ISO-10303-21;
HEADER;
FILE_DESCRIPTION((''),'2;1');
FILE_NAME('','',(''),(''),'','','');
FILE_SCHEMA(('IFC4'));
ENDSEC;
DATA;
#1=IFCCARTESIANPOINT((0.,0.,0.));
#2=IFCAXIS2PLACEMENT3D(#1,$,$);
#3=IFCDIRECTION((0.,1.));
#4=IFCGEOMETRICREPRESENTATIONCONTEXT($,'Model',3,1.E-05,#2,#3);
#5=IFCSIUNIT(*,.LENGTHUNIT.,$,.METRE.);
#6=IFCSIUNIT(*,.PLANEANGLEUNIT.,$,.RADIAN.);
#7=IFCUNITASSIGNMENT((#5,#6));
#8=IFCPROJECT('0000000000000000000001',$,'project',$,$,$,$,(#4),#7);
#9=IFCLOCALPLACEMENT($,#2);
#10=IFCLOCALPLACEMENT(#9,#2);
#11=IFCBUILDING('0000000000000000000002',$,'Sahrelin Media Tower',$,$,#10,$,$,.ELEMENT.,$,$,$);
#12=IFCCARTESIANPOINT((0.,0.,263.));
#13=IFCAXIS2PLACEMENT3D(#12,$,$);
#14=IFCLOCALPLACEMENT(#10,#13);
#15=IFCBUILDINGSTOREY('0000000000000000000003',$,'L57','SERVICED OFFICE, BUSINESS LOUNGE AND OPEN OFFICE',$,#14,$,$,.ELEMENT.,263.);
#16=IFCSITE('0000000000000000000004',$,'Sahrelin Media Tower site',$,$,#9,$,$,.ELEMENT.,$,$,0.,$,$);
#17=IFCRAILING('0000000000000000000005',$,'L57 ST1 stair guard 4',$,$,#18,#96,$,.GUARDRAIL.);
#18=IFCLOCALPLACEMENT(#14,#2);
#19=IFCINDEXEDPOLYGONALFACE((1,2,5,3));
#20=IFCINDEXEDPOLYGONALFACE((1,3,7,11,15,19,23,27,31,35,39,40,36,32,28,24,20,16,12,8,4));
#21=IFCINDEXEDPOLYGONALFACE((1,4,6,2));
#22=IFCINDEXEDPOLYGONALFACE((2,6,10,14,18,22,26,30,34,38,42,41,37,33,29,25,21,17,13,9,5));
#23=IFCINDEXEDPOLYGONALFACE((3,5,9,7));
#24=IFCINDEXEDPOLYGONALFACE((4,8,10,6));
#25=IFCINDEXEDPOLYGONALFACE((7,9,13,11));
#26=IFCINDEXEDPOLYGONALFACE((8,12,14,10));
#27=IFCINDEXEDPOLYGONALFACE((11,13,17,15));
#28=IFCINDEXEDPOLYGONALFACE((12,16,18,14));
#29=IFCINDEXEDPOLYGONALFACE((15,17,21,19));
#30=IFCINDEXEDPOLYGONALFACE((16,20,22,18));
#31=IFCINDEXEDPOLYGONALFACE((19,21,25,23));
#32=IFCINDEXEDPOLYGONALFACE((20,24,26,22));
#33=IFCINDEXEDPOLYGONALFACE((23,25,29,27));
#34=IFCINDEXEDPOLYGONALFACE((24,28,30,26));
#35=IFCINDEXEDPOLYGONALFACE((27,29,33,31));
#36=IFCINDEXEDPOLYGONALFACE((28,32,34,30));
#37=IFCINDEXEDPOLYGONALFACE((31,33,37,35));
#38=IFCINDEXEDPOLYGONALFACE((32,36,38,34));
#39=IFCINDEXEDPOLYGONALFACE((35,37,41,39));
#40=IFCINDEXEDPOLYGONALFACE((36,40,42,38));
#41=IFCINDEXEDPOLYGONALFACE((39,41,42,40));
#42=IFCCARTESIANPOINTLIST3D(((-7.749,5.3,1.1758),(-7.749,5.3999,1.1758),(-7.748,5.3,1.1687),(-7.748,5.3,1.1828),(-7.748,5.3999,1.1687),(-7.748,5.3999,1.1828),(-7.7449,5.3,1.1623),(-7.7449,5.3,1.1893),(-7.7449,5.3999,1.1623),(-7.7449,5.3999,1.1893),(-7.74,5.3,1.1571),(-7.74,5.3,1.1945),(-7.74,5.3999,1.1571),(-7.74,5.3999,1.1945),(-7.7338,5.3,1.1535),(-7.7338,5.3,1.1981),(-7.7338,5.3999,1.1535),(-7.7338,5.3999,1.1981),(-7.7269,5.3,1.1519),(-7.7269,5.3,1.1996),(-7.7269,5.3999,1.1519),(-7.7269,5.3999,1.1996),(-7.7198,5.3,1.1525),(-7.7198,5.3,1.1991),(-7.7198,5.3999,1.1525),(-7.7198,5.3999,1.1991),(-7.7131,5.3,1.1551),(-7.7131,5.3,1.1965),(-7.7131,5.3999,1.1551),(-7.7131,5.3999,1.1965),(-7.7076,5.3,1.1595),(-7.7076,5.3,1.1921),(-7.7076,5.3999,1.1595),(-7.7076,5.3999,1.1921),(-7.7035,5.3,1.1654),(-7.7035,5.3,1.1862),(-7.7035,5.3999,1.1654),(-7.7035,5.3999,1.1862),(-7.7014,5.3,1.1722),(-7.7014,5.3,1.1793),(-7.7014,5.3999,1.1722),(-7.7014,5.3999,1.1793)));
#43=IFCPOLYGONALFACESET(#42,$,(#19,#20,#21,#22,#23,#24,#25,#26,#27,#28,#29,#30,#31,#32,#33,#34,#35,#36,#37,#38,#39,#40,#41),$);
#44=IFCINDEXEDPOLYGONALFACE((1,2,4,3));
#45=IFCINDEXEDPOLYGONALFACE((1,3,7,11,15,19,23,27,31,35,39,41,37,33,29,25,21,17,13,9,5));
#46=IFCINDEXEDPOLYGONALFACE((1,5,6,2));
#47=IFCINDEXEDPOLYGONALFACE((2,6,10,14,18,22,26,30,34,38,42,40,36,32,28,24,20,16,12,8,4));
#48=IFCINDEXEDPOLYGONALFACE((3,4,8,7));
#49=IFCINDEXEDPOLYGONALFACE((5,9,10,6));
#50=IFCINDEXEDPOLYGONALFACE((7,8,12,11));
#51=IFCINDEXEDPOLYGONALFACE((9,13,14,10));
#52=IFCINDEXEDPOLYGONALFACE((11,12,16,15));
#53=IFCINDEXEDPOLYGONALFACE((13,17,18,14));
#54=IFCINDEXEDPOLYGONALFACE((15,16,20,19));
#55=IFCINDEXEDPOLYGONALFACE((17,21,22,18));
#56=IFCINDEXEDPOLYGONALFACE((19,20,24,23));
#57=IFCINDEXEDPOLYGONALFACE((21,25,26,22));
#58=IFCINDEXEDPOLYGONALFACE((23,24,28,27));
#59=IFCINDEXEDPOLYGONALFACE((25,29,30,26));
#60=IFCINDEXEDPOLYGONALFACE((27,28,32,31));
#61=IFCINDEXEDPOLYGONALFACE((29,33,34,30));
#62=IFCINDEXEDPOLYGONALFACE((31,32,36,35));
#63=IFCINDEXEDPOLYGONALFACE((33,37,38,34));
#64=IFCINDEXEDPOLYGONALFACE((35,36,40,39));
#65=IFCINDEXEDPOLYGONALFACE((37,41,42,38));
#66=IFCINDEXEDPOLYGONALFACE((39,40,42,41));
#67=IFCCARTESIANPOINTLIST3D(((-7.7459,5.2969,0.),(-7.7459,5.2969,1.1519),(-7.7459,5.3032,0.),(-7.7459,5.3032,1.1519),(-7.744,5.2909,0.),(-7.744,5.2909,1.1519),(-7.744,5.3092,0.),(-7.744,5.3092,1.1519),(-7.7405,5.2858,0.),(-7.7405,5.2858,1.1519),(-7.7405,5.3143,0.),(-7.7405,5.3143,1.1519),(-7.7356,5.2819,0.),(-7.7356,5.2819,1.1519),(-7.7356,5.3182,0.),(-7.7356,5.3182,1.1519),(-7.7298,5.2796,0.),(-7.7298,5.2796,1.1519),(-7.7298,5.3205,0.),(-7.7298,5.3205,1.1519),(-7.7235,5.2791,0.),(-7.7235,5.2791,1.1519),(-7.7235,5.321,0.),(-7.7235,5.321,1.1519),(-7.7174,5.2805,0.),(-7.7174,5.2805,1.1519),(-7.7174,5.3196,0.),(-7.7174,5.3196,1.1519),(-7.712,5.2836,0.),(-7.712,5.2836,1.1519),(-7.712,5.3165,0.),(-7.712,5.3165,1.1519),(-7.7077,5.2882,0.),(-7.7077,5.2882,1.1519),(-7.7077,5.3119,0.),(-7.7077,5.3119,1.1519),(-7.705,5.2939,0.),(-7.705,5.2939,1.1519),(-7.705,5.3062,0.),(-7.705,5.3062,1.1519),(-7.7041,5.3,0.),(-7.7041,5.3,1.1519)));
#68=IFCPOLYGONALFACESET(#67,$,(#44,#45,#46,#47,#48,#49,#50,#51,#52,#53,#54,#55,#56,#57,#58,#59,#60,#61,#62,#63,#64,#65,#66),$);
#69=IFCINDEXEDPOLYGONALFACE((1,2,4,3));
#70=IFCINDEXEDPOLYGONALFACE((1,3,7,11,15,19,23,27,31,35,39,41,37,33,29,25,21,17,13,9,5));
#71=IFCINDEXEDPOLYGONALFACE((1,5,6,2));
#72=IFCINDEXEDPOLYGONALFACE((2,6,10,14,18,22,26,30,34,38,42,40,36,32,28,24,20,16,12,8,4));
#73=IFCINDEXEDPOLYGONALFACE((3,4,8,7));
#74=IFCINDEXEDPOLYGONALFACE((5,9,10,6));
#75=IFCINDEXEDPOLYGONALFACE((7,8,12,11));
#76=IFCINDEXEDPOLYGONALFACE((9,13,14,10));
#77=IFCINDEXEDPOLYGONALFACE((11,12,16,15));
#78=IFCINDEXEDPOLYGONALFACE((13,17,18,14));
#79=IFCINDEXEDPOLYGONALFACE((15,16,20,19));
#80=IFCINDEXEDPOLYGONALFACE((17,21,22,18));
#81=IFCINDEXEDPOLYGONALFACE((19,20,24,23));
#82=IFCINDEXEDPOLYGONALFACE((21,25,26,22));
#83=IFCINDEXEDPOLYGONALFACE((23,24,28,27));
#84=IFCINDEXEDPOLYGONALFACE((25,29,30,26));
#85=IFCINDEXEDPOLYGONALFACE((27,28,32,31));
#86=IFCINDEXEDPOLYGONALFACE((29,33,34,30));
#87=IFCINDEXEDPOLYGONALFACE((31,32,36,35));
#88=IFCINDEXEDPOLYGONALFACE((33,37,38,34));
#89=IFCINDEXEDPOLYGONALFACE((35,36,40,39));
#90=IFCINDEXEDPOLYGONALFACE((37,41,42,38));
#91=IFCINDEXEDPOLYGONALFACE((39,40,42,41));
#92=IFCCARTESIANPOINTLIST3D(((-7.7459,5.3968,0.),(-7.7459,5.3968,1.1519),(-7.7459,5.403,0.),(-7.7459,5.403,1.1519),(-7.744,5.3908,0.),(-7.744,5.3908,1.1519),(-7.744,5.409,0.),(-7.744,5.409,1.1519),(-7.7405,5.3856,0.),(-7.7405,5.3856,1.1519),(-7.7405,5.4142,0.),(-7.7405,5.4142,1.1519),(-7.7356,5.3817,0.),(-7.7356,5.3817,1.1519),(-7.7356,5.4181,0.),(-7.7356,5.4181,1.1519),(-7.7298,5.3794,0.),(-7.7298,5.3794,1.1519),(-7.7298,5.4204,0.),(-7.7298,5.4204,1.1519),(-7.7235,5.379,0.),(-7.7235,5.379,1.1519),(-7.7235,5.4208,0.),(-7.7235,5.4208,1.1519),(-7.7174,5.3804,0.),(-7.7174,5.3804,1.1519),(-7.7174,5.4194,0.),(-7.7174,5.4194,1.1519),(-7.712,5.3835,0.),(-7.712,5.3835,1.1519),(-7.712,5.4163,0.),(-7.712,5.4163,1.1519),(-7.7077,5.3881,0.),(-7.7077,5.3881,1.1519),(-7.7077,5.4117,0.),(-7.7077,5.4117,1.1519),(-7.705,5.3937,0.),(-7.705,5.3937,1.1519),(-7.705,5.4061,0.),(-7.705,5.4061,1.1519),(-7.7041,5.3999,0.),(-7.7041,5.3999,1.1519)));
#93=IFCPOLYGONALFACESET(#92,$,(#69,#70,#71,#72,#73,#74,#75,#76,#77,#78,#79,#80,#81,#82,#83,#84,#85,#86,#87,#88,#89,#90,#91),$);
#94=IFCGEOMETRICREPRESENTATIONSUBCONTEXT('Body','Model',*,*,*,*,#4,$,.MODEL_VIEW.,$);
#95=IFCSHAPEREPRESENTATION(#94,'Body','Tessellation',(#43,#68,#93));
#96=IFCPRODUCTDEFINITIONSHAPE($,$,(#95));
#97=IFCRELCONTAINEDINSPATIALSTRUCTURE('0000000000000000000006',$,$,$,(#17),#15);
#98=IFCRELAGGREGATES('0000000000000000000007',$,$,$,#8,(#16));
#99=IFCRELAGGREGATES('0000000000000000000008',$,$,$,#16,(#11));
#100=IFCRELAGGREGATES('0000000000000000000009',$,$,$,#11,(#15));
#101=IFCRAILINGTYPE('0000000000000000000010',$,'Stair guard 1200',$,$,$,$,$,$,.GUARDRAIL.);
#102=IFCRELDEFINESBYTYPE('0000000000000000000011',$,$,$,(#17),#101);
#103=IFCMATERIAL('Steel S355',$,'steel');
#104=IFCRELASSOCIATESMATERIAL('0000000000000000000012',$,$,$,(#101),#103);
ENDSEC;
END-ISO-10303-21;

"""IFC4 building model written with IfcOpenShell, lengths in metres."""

from ifc_helpers import new_model, si_unit, direction, frame, origin, origin_2d, place, context, subcontext, project, spatial, circle, extrude, material, type_object, element, save


model = new_model("IFC4")

# Units and contexts
model_context = context("Model", 3, precision=1e-05, world=origin(), true_north=direction((0.0, 1.0)))
body_context = subcontext(model_context, "Body", "Model", "MODEL_VIEW")
ifc_project = project(units=[si_unit("LENGTHUNIT", "METRE"), si_unit("PLANEANGLEUNIT", "RADIAN")], contexts=[model_context])

# Site, building, storey
site_placement = place(None, origin())
site = spatial("IfcSite", under=ifc_project, at=site_placement, Name="Sahrelin Media Tower site", CompositionType="ELEMENT", RefElevation=0.0)
building_placement = place(site_placement, origin())
building = spatial("IfcBuilding", under=site, at=building_placement, Name="Sahrelin Media Tower", CompositionType="ELEMENT")
storey_placement = place(building_placement, frame((0.0, 0.0, 263.0)))
storey = spatial("IfcBuildingStorey", under=building, at=storey_placement, Name="L57", Description="SERVICED OFFICE, BUSINESS LOUNGE AND OPEN OFFICE", CompositionType="ELEMENT", Elevation=263.0)

# Shared definitions
ifc_material_1 = material(Name="Steel S355", Category="steel")

# Railing
railing_type_1 = type_object("IfcRailingType", Name="Stair guard 1200", PredefinedType="GUARDRAIL", material=ifc_material_1)
railing_1_placement = place(storey_placement, frame((-7.7251, 5.3, 0.0)))
element("IfcRailing", 1, at=railing_1_placement, inside=storey, type_object=railing_type_1, Name="L57 ST1 stair guard 4", PredefinedType="GUARDRAIL", context=body_context, shape_type="SweptSolid", body=[
    extrude(circle(Radius=0.0239, at=origin_2d()), frame((0.0, 0.0, 1.1758), z_axis=(0.0, 1.0, 0.0), x_axis=(-1.0, 0.0, 0.0)), (0.0, 0.0, 1.0), 0.0999),
    extrude(circle(Radius=0.021, at=origin_2d()), origin(), (0.0, 0.0, 1.0), 1.1519),
    extrude(circle(Radius=0.021, at=origin_2d()), frame((0.0, 0.0999, 0.0)), (0.0, 0.0, 1.0), 1.1519),
])

save(model, "model.ifc")
